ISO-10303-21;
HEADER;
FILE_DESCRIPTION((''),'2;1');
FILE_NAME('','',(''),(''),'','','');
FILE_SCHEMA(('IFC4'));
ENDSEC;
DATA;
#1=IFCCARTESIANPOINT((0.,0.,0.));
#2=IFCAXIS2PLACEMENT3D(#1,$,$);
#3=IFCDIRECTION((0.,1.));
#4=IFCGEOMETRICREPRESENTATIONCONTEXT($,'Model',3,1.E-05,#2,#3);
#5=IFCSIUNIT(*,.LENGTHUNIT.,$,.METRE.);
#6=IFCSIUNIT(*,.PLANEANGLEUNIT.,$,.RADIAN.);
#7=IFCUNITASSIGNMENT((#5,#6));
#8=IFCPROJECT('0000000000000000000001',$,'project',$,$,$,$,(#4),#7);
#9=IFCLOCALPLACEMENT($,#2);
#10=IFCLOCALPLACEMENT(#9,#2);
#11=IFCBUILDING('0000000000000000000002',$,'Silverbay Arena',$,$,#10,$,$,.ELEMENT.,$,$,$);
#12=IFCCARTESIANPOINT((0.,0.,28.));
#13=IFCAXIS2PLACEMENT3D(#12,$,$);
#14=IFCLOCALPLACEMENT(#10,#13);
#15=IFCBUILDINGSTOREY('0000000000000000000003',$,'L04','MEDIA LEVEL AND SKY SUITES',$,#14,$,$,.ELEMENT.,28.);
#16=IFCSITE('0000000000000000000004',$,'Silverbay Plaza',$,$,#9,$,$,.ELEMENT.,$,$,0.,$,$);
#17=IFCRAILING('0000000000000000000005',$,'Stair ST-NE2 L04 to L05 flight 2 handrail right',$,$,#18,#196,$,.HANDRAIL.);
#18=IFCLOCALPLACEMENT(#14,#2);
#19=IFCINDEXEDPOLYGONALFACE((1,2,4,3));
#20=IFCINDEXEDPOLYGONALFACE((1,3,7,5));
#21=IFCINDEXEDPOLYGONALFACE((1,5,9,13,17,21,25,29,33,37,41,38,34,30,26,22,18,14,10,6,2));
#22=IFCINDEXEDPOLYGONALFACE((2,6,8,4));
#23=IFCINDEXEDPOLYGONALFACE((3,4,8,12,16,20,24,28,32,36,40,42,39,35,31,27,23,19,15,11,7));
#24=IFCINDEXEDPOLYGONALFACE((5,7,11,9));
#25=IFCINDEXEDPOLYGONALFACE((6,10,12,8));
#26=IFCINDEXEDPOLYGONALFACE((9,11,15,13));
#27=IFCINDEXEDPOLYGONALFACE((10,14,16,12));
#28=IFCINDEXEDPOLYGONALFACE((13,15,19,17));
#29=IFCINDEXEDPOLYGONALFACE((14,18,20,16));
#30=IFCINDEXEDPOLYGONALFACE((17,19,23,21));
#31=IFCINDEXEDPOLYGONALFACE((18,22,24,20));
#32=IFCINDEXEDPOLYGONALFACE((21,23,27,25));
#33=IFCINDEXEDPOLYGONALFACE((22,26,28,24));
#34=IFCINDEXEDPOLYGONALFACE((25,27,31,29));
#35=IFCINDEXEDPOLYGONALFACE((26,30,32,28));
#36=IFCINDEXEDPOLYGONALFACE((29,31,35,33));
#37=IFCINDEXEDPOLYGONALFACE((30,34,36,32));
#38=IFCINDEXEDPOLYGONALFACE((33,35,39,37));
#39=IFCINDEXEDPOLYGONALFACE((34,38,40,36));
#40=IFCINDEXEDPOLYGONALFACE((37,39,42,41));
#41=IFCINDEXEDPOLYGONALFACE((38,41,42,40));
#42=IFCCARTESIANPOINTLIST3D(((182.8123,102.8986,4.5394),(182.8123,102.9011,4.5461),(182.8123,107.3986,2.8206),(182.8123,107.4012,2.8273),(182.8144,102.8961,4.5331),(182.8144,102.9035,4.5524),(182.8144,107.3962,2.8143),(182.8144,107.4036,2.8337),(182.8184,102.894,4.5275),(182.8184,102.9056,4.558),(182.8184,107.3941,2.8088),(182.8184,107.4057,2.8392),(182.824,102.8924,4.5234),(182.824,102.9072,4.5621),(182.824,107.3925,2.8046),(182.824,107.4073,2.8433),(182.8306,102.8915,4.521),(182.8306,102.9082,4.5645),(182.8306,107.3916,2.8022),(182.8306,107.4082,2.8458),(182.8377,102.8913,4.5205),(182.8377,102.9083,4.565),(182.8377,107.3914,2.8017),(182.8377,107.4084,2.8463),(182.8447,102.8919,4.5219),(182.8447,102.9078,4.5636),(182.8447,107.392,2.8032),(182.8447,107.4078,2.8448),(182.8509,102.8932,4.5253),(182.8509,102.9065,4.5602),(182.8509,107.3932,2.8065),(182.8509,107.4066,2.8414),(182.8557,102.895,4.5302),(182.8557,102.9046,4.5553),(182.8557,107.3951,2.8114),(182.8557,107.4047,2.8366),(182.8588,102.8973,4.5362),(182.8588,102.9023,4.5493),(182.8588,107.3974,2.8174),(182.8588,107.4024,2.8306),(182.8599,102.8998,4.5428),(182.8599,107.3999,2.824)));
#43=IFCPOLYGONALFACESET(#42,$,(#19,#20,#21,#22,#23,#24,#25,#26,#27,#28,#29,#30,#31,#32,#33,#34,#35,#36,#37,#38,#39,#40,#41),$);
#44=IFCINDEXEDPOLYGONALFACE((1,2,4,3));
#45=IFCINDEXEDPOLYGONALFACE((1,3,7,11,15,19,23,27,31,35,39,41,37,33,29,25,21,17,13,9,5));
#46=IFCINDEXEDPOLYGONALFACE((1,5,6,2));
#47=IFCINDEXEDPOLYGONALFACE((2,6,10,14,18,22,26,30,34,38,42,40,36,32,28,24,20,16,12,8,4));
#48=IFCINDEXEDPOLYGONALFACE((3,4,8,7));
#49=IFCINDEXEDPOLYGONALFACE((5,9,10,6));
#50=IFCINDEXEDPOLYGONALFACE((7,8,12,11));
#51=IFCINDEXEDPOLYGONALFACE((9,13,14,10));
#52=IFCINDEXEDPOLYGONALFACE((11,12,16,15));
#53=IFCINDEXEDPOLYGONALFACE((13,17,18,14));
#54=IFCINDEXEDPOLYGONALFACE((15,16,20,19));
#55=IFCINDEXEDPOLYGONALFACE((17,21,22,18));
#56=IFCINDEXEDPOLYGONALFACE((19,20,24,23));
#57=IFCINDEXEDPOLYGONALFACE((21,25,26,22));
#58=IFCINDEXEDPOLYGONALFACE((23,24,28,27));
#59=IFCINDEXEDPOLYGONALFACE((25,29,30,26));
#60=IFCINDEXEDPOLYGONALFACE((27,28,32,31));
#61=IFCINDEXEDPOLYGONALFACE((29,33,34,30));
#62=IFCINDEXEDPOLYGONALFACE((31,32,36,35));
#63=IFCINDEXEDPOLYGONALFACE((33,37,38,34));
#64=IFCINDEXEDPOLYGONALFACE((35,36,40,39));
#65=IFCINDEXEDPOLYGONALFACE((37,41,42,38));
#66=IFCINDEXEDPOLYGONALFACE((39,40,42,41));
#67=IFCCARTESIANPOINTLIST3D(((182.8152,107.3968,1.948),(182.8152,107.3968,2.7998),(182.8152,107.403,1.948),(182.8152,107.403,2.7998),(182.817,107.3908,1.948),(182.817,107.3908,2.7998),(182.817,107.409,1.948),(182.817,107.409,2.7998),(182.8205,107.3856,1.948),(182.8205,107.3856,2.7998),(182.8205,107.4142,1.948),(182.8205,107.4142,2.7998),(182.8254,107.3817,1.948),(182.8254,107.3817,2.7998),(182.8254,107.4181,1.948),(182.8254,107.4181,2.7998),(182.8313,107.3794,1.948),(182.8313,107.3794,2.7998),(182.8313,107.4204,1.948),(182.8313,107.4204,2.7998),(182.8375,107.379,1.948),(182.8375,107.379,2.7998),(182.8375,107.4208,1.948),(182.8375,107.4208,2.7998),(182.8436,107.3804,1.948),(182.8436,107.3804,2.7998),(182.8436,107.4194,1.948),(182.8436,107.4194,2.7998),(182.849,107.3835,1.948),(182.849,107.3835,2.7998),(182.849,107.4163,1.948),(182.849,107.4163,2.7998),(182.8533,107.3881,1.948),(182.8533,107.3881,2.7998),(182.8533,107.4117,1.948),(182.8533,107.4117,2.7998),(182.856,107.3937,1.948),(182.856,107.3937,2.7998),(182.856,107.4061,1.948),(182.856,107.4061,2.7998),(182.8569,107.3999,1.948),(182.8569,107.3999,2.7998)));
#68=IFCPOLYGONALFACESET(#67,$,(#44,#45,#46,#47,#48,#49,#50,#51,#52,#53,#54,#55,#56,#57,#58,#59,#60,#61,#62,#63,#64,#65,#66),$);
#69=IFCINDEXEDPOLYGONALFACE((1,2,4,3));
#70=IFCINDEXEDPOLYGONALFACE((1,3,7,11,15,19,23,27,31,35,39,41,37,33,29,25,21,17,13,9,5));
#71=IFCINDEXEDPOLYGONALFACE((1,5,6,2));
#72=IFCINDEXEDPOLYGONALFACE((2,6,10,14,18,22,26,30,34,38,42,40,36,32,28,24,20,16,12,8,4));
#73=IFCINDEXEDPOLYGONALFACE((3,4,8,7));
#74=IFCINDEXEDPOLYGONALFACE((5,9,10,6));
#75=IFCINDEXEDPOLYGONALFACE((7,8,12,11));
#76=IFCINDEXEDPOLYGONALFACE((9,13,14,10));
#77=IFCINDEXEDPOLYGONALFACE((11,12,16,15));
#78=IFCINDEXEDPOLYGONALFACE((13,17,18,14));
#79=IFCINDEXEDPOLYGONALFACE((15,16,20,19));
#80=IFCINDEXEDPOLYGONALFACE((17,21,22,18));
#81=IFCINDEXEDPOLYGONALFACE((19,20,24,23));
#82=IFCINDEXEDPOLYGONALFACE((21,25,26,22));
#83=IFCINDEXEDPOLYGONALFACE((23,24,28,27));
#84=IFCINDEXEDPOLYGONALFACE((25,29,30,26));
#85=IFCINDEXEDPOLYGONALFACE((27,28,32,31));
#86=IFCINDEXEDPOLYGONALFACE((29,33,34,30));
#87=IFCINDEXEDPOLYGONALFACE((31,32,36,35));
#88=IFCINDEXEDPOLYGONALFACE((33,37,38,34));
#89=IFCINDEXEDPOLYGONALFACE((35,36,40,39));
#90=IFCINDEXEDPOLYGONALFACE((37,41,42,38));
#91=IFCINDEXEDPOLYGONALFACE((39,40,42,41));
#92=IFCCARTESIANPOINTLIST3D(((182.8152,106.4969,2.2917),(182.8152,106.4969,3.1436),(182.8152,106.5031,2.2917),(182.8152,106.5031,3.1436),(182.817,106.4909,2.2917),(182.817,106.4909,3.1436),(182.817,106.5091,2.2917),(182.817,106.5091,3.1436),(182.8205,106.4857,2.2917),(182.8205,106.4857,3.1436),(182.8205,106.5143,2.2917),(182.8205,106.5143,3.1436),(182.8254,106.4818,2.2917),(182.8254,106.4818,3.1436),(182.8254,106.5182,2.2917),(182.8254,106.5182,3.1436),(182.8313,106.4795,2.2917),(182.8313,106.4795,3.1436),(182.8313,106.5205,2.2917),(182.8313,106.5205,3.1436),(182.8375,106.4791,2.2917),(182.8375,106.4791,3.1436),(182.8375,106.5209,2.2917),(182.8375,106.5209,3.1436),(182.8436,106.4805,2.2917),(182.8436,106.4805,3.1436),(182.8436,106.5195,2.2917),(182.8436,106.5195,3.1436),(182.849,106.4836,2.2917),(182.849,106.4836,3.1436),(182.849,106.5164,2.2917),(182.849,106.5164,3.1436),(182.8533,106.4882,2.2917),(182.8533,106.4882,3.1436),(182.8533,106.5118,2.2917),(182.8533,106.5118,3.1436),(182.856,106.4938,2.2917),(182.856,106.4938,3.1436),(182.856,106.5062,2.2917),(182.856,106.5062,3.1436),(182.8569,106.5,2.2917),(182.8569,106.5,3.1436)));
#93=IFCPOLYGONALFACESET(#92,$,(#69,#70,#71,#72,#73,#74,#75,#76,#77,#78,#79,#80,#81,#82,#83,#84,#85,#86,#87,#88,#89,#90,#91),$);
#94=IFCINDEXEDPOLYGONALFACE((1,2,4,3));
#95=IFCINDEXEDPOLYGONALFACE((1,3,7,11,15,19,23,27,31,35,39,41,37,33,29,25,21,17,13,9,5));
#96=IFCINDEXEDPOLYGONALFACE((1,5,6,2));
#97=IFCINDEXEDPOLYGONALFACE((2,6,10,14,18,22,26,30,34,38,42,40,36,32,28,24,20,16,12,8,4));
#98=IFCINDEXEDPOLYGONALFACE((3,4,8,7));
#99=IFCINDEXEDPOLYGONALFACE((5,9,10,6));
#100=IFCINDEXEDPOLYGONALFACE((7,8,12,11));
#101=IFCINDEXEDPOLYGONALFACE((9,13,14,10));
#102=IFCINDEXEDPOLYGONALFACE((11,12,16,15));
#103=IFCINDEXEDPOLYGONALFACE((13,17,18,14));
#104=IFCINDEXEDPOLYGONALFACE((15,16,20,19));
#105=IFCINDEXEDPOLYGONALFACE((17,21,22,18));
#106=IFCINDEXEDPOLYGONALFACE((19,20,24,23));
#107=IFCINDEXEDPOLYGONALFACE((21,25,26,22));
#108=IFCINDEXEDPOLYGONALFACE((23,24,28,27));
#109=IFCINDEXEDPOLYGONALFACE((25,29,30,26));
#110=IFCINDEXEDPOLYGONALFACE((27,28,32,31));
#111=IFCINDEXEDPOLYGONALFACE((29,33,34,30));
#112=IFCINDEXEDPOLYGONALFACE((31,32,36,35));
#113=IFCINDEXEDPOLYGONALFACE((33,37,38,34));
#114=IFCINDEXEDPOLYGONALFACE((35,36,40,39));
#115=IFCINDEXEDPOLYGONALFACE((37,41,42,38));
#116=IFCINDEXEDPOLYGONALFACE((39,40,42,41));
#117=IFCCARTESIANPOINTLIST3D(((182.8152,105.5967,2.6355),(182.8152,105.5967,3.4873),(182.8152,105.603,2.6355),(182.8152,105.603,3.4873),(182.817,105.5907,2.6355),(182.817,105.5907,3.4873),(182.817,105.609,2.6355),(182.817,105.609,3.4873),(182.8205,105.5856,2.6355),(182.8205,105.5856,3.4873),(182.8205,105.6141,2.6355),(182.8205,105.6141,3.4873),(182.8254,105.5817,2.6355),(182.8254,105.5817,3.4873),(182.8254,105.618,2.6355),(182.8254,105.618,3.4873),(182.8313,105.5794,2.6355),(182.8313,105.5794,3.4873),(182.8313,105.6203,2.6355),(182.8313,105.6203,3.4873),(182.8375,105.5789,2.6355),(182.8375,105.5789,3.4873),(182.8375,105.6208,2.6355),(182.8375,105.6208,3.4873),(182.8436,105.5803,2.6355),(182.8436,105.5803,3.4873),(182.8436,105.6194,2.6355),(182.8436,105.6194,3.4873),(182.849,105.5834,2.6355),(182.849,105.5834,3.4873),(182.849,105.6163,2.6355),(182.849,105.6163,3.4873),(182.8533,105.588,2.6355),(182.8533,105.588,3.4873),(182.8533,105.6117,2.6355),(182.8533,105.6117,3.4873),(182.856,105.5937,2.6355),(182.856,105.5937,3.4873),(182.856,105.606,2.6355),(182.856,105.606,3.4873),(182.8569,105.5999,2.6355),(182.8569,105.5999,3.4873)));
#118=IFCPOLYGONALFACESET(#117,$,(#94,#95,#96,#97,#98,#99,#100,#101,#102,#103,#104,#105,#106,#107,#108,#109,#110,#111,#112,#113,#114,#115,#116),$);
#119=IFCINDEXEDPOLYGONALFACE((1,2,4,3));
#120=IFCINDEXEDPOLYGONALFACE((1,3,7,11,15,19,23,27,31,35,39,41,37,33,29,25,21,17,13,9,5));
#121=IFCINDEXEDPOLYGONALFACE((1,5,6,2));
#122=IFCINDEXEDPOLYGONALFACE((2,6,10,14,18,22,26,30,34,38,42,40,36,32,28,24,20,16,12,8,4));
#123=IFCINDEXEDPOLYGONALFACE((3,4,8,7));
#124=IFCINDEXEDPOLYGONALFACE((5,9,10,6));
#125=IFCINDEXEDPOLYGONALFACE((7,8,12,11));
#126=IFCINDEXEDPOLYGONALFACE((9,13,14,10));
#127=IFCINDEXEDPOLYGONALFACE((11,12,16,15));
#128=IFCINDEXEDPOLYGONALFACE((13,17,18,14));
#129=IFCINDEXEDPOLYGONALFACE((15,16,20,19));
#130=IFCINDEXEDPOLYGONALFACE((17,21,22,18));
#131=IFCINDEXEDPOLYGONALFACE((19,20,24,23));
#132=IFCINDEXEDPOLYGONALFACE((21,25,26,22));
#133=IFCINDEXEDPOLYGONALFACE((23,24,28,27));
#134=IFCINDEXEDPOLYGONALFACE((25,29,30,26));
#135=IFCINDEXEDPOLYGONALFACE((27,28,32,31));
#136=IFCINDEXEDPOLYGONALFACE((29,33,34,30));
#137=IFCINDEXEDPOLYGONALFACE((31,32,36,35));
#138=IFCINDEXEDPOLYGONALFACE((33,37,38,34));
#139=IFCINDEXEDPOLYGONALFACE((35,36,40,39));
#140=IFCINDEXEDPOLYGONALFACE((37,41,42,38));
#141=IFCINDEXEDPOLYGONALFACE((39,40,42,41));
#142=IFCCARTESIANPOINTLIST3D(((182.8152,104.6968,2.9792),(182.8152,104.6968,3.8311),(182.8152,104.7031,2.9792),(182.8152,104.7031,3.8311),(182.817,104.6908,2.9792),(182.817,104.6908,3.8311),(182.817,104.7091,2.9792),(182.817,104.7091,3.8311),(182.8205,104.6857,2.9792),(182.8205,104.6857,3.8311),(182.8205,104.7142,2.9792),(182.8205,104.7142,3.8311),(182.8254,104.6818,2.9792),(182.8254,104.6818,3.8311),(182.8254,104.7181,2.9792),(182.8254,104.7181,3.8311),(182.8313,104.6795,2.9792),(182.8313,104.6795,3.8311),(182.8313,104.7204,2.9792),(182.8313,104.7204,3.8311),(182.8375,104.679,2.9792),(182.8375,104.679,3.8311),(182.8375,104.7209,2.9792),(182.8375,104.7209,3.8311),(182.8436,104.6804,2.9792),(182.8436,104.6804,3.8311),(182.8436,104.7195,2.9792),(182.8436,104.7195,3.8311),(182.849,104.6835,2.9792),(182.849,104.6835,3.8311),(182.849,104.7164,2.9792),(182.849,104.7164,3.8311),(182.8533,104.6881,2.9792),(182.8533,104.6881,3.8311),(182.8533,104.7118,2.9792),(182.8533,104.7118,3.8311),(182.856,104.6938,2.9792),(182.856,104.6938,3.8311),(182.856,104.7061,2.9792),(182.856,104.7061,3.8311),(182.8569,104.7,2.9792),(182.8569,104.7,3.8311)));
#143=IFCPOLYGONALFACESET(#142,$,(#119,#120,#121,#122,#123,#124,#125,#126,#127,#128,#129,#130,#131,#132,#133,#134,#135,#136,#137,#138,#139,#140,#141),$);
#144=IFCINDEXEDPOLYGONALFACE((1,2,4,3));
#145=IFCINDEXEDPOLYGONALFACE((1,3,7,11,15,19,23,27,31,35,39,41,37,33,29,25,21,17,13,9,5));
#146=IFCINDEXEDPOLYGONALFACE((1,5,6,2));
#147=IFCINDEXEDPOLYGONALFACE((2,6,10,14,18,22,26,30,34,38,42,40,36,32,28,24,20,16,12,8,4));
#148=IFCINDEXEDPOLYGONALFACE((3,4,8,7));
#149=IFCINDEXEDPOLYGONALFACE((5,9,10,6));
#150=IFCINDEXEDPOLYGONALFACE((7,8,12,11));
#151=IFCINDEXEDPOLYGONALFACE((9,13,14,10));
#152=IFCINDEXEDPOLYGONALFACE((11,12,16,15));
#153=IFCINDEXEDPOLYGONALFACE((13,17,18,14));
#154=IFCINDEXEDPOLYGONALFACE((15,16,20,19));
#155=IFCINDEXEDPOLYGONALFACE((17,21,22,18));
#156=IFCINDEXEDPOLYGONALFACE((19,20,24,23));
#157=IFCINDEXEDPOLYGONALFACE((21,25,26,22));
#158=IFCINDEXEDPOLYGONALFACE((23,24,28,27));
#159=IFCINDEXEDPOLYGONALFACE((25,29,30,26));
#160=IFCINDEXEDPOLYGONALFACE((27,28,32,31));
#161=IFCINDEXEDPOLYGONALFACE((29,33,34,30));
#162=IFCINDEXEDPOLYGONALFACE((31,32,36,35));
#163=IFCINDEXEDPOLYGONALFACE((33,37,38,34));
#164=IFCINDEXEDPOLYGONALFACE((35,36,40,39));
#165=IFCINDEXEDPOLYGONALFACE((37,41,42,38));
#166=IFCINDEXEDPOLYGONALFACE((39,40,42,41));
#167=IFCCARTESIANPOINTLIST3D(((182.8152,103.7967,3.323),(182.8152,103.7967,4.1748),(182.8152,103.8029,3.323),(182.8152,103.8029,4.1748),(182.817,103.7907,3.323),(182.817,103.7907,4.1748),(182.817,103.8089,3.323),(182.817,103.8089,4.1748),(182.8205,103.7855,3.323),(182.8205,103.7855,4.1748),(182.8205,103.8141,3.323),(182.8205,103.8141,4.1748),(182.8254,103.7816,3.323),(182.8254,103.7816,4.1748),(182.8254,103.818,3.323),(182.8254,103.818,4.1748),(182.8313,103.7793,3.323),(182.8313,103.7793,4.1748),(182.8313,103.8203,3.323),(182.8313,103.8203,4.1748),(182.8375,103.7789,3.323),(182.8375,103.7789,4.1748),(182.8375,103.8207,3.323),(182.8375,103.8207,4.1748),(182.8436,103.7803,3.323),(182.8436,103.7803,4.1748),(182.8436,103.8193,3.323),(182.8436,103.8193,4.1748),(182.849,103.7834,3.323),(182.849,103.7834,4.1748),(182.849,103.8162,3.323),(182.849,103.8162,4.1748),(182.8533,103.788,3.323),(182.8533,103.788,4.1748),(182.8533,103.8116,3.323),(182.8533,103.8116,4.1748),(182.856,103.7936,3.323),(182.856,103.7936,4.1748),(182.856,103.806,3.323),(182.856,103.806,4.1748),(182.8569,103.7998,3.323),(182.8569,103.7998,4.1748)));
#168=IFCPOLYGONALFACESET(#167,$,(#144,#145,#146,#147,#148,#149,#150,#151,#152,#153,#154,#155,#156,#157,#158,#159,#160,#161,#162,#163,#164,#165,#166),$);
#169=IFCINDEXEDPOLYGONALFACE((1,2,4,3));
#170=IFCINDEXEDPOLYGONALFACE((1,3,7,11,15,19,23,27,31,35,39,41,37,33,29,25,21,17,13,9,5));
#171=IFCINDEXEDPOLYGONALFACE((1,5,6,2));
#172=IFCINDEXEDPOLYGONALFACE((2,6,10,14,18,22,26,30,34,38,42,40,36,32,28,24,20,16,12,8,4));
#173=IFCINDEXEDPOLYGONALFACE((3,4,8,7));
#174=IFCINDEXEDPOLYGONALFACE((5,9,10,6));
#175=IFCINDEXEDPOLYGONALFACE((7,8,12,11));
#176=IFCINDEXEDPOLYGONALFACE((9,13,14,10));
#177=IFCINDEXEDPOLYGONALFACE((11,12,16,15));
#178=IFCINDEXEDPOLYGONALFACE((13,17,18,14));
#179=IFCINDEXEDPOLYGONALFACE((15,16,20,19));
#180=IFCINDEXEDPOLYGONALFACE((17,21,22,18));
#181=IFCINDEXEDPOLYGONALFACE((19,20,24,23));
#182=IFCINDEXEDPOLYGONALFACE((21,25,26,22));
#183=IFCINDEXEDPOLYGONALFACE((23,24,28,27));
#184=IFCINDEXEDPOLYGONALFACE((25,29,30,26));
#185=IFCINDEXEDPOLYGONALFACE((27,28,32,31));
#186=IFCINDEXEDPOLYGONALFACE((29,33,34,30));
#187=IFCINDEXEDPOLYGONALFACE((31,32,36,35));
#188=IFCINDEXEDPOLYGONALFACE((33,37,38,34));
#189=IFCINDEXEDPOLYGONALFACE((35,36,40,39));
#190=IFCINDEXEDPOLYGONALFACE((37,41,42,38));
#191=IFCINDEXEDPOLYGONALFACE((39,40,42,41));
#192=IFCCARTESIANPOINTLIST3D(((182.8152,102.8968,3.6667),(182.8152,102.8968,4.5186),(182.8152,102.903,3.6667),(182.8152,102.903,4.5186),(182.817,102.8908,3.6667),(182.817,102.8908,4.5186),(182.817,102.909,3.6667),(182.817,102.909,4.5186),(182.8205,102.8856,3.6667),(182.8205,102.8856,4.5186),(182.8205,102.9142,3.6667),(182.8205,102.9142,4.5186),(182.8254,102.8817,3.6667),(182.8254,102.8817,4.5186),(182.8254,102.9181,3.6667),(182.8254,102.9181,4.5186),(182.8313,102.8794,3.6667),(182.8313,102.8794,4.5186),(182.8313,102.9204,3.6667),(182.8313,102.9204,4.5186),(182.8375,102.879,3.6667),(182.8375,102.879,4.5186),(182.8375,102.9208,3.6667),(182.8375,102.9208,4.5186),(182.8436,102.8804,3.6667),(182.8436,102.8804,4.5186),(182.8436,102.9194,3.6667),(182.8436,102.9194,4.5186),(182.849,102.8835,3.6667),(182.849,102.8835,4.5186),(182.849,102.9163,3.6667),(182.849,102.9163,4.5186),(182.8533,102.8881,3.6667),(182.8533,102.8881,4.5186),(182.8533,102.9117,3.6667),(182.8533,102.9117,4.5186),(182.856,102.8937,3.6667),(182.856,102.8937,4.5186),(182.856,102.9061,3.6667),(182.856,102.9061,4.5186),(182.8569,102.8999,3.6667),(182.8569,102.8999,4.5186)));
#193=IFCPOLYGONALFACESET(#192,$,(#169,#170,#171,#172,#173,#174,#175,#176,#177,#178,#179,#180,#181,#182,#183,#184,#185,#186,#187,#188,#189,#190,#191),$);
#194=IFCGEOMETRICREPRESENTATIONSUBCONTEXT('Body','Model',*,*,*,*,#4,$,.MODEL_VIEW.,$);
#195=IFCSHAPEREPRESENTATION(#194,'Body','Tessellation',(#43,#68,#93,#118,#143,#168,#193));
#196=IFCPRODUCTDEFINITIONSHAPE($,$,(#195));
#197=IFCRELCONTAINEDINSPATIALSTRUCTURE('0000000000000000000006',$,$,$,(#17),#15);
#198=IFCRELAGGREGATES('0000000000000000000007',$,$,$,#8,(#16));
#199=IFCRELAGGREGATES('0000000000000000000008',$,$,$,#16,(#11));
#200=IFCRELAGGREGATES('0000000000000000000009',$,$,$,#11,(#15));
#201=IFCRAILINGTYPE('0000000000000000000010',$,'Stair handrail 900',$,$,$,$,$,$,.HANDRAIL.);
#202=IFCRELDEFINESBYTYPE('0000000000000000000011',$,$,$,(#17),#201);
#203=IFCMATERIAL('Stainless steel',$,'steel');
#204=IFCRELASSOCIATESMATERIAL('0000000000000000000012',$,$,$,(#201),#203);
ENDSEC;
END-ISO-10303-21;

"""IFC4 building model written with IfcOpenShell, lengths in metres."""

from ifc_helpers import new_model, si_unit, direction, frame, origin, origin_2d, place, context, subcontext, project, spatial, circle, extrude, material, type_object, element, save


model = new_model("IFC4")

# Units and contexts
model_context = context("Model", 3, precision=1e-05, world=origin(), true_north=direction((0.0, 1.0)))
body_context = subcontext(model_context, "Body", "Model", "MODEL_VIEW")
ifc_project = project(units=[si_unit("LENGTHUNIT", "METRE"), si_unit("PLANEANGLEUNIT", "RADIAN")], contexts=[model_context])

# Site, building, storey
site_placement = place(None, origin())
site = spatial("IfcSite", under=ifc_project, at=site_placement, Name="Silverbay Plaza", CompositionType="ELEMENT", RefElevation=0.0)
building_placement = place(site_placement, origin())
building = spatial("IfcBuilding", under=site, at=building_placement, Name="Silverbay Arena", CompositionType="ELEMENT")
storey_placement = place(building_placement, frame((0.0, 0.0, 28.0)))
storey = spatial("IfcBuildingStorey", under=building, at=storey_placement, Name="L04", Description="MEDIA LEVEL AND SKY SUITES", CompositionType="ELEMENT", Elevation=28.0)

# Railing
ifc_material_1 = material(Name="Stainless steel", Category="steel")
railing_type_1 = type_object("IfcRailingType", Name="Stair handrail 900", PredefinedType="HANDRAIL", material=ifc_material_1)
for number, where, name in (
    (1, (182.8359, 107.3999, 1.948), "Stair ST-NE2 L04 to L05 flight 2 handrail right"),
):
    element("IfcRailing", number, at=place(storey_placement, frame(where)), inside=storey, type_object=railing_type_1, Name=name, PredefinedType="HANDRAIL", context=body_context, shape_type="SweptSolid", body=[
        extrude(circle(Radius=0.0239, at=origin_2d()), frame((0.0, 0.0, 0.876), z_axis=(0.0, -0.934179, 0.356805), x_axis=(1.0, 0.0, 0.0)), (0.0, 0.0, 1.0), 4.8171),
        extrude(circle(Radius=0.021, at=origin_2d()), origin(), (0.0, 0.0, 1.0), 0.8518),
        extrude(circle(Radius=0.021, at=origin_2d()), frame((0.0, -0.8999, 0.3438)), (0.0, 0.0, 1.0), 0.8518),
        extrude(circle(Radius=0.021, at=origin_2d()), frame((0.0, -1.8, 0.6875)), (0.0, 0.0, 1.0), 0.8518),
        extrude(circle(Radius=0.021, at=origin_2d()), frame((0.0, -2.7, 1.0312)), (0.0, 0.0, 1.0), 0.8518),
        extrude(circle(Radius=0.021, at=origin_2d()), frame((0.0, -3.6001, 1.375)), (0.0, 0.0, 1.0), 0.8518),
        extrude(circle(Radius=0.021, at=origin_2d()), frame((0.0, -4.5, 1.7188)), (0.0, 0.0, 1.0), 0.8518),
    ])

save(model, "model.ifc")
